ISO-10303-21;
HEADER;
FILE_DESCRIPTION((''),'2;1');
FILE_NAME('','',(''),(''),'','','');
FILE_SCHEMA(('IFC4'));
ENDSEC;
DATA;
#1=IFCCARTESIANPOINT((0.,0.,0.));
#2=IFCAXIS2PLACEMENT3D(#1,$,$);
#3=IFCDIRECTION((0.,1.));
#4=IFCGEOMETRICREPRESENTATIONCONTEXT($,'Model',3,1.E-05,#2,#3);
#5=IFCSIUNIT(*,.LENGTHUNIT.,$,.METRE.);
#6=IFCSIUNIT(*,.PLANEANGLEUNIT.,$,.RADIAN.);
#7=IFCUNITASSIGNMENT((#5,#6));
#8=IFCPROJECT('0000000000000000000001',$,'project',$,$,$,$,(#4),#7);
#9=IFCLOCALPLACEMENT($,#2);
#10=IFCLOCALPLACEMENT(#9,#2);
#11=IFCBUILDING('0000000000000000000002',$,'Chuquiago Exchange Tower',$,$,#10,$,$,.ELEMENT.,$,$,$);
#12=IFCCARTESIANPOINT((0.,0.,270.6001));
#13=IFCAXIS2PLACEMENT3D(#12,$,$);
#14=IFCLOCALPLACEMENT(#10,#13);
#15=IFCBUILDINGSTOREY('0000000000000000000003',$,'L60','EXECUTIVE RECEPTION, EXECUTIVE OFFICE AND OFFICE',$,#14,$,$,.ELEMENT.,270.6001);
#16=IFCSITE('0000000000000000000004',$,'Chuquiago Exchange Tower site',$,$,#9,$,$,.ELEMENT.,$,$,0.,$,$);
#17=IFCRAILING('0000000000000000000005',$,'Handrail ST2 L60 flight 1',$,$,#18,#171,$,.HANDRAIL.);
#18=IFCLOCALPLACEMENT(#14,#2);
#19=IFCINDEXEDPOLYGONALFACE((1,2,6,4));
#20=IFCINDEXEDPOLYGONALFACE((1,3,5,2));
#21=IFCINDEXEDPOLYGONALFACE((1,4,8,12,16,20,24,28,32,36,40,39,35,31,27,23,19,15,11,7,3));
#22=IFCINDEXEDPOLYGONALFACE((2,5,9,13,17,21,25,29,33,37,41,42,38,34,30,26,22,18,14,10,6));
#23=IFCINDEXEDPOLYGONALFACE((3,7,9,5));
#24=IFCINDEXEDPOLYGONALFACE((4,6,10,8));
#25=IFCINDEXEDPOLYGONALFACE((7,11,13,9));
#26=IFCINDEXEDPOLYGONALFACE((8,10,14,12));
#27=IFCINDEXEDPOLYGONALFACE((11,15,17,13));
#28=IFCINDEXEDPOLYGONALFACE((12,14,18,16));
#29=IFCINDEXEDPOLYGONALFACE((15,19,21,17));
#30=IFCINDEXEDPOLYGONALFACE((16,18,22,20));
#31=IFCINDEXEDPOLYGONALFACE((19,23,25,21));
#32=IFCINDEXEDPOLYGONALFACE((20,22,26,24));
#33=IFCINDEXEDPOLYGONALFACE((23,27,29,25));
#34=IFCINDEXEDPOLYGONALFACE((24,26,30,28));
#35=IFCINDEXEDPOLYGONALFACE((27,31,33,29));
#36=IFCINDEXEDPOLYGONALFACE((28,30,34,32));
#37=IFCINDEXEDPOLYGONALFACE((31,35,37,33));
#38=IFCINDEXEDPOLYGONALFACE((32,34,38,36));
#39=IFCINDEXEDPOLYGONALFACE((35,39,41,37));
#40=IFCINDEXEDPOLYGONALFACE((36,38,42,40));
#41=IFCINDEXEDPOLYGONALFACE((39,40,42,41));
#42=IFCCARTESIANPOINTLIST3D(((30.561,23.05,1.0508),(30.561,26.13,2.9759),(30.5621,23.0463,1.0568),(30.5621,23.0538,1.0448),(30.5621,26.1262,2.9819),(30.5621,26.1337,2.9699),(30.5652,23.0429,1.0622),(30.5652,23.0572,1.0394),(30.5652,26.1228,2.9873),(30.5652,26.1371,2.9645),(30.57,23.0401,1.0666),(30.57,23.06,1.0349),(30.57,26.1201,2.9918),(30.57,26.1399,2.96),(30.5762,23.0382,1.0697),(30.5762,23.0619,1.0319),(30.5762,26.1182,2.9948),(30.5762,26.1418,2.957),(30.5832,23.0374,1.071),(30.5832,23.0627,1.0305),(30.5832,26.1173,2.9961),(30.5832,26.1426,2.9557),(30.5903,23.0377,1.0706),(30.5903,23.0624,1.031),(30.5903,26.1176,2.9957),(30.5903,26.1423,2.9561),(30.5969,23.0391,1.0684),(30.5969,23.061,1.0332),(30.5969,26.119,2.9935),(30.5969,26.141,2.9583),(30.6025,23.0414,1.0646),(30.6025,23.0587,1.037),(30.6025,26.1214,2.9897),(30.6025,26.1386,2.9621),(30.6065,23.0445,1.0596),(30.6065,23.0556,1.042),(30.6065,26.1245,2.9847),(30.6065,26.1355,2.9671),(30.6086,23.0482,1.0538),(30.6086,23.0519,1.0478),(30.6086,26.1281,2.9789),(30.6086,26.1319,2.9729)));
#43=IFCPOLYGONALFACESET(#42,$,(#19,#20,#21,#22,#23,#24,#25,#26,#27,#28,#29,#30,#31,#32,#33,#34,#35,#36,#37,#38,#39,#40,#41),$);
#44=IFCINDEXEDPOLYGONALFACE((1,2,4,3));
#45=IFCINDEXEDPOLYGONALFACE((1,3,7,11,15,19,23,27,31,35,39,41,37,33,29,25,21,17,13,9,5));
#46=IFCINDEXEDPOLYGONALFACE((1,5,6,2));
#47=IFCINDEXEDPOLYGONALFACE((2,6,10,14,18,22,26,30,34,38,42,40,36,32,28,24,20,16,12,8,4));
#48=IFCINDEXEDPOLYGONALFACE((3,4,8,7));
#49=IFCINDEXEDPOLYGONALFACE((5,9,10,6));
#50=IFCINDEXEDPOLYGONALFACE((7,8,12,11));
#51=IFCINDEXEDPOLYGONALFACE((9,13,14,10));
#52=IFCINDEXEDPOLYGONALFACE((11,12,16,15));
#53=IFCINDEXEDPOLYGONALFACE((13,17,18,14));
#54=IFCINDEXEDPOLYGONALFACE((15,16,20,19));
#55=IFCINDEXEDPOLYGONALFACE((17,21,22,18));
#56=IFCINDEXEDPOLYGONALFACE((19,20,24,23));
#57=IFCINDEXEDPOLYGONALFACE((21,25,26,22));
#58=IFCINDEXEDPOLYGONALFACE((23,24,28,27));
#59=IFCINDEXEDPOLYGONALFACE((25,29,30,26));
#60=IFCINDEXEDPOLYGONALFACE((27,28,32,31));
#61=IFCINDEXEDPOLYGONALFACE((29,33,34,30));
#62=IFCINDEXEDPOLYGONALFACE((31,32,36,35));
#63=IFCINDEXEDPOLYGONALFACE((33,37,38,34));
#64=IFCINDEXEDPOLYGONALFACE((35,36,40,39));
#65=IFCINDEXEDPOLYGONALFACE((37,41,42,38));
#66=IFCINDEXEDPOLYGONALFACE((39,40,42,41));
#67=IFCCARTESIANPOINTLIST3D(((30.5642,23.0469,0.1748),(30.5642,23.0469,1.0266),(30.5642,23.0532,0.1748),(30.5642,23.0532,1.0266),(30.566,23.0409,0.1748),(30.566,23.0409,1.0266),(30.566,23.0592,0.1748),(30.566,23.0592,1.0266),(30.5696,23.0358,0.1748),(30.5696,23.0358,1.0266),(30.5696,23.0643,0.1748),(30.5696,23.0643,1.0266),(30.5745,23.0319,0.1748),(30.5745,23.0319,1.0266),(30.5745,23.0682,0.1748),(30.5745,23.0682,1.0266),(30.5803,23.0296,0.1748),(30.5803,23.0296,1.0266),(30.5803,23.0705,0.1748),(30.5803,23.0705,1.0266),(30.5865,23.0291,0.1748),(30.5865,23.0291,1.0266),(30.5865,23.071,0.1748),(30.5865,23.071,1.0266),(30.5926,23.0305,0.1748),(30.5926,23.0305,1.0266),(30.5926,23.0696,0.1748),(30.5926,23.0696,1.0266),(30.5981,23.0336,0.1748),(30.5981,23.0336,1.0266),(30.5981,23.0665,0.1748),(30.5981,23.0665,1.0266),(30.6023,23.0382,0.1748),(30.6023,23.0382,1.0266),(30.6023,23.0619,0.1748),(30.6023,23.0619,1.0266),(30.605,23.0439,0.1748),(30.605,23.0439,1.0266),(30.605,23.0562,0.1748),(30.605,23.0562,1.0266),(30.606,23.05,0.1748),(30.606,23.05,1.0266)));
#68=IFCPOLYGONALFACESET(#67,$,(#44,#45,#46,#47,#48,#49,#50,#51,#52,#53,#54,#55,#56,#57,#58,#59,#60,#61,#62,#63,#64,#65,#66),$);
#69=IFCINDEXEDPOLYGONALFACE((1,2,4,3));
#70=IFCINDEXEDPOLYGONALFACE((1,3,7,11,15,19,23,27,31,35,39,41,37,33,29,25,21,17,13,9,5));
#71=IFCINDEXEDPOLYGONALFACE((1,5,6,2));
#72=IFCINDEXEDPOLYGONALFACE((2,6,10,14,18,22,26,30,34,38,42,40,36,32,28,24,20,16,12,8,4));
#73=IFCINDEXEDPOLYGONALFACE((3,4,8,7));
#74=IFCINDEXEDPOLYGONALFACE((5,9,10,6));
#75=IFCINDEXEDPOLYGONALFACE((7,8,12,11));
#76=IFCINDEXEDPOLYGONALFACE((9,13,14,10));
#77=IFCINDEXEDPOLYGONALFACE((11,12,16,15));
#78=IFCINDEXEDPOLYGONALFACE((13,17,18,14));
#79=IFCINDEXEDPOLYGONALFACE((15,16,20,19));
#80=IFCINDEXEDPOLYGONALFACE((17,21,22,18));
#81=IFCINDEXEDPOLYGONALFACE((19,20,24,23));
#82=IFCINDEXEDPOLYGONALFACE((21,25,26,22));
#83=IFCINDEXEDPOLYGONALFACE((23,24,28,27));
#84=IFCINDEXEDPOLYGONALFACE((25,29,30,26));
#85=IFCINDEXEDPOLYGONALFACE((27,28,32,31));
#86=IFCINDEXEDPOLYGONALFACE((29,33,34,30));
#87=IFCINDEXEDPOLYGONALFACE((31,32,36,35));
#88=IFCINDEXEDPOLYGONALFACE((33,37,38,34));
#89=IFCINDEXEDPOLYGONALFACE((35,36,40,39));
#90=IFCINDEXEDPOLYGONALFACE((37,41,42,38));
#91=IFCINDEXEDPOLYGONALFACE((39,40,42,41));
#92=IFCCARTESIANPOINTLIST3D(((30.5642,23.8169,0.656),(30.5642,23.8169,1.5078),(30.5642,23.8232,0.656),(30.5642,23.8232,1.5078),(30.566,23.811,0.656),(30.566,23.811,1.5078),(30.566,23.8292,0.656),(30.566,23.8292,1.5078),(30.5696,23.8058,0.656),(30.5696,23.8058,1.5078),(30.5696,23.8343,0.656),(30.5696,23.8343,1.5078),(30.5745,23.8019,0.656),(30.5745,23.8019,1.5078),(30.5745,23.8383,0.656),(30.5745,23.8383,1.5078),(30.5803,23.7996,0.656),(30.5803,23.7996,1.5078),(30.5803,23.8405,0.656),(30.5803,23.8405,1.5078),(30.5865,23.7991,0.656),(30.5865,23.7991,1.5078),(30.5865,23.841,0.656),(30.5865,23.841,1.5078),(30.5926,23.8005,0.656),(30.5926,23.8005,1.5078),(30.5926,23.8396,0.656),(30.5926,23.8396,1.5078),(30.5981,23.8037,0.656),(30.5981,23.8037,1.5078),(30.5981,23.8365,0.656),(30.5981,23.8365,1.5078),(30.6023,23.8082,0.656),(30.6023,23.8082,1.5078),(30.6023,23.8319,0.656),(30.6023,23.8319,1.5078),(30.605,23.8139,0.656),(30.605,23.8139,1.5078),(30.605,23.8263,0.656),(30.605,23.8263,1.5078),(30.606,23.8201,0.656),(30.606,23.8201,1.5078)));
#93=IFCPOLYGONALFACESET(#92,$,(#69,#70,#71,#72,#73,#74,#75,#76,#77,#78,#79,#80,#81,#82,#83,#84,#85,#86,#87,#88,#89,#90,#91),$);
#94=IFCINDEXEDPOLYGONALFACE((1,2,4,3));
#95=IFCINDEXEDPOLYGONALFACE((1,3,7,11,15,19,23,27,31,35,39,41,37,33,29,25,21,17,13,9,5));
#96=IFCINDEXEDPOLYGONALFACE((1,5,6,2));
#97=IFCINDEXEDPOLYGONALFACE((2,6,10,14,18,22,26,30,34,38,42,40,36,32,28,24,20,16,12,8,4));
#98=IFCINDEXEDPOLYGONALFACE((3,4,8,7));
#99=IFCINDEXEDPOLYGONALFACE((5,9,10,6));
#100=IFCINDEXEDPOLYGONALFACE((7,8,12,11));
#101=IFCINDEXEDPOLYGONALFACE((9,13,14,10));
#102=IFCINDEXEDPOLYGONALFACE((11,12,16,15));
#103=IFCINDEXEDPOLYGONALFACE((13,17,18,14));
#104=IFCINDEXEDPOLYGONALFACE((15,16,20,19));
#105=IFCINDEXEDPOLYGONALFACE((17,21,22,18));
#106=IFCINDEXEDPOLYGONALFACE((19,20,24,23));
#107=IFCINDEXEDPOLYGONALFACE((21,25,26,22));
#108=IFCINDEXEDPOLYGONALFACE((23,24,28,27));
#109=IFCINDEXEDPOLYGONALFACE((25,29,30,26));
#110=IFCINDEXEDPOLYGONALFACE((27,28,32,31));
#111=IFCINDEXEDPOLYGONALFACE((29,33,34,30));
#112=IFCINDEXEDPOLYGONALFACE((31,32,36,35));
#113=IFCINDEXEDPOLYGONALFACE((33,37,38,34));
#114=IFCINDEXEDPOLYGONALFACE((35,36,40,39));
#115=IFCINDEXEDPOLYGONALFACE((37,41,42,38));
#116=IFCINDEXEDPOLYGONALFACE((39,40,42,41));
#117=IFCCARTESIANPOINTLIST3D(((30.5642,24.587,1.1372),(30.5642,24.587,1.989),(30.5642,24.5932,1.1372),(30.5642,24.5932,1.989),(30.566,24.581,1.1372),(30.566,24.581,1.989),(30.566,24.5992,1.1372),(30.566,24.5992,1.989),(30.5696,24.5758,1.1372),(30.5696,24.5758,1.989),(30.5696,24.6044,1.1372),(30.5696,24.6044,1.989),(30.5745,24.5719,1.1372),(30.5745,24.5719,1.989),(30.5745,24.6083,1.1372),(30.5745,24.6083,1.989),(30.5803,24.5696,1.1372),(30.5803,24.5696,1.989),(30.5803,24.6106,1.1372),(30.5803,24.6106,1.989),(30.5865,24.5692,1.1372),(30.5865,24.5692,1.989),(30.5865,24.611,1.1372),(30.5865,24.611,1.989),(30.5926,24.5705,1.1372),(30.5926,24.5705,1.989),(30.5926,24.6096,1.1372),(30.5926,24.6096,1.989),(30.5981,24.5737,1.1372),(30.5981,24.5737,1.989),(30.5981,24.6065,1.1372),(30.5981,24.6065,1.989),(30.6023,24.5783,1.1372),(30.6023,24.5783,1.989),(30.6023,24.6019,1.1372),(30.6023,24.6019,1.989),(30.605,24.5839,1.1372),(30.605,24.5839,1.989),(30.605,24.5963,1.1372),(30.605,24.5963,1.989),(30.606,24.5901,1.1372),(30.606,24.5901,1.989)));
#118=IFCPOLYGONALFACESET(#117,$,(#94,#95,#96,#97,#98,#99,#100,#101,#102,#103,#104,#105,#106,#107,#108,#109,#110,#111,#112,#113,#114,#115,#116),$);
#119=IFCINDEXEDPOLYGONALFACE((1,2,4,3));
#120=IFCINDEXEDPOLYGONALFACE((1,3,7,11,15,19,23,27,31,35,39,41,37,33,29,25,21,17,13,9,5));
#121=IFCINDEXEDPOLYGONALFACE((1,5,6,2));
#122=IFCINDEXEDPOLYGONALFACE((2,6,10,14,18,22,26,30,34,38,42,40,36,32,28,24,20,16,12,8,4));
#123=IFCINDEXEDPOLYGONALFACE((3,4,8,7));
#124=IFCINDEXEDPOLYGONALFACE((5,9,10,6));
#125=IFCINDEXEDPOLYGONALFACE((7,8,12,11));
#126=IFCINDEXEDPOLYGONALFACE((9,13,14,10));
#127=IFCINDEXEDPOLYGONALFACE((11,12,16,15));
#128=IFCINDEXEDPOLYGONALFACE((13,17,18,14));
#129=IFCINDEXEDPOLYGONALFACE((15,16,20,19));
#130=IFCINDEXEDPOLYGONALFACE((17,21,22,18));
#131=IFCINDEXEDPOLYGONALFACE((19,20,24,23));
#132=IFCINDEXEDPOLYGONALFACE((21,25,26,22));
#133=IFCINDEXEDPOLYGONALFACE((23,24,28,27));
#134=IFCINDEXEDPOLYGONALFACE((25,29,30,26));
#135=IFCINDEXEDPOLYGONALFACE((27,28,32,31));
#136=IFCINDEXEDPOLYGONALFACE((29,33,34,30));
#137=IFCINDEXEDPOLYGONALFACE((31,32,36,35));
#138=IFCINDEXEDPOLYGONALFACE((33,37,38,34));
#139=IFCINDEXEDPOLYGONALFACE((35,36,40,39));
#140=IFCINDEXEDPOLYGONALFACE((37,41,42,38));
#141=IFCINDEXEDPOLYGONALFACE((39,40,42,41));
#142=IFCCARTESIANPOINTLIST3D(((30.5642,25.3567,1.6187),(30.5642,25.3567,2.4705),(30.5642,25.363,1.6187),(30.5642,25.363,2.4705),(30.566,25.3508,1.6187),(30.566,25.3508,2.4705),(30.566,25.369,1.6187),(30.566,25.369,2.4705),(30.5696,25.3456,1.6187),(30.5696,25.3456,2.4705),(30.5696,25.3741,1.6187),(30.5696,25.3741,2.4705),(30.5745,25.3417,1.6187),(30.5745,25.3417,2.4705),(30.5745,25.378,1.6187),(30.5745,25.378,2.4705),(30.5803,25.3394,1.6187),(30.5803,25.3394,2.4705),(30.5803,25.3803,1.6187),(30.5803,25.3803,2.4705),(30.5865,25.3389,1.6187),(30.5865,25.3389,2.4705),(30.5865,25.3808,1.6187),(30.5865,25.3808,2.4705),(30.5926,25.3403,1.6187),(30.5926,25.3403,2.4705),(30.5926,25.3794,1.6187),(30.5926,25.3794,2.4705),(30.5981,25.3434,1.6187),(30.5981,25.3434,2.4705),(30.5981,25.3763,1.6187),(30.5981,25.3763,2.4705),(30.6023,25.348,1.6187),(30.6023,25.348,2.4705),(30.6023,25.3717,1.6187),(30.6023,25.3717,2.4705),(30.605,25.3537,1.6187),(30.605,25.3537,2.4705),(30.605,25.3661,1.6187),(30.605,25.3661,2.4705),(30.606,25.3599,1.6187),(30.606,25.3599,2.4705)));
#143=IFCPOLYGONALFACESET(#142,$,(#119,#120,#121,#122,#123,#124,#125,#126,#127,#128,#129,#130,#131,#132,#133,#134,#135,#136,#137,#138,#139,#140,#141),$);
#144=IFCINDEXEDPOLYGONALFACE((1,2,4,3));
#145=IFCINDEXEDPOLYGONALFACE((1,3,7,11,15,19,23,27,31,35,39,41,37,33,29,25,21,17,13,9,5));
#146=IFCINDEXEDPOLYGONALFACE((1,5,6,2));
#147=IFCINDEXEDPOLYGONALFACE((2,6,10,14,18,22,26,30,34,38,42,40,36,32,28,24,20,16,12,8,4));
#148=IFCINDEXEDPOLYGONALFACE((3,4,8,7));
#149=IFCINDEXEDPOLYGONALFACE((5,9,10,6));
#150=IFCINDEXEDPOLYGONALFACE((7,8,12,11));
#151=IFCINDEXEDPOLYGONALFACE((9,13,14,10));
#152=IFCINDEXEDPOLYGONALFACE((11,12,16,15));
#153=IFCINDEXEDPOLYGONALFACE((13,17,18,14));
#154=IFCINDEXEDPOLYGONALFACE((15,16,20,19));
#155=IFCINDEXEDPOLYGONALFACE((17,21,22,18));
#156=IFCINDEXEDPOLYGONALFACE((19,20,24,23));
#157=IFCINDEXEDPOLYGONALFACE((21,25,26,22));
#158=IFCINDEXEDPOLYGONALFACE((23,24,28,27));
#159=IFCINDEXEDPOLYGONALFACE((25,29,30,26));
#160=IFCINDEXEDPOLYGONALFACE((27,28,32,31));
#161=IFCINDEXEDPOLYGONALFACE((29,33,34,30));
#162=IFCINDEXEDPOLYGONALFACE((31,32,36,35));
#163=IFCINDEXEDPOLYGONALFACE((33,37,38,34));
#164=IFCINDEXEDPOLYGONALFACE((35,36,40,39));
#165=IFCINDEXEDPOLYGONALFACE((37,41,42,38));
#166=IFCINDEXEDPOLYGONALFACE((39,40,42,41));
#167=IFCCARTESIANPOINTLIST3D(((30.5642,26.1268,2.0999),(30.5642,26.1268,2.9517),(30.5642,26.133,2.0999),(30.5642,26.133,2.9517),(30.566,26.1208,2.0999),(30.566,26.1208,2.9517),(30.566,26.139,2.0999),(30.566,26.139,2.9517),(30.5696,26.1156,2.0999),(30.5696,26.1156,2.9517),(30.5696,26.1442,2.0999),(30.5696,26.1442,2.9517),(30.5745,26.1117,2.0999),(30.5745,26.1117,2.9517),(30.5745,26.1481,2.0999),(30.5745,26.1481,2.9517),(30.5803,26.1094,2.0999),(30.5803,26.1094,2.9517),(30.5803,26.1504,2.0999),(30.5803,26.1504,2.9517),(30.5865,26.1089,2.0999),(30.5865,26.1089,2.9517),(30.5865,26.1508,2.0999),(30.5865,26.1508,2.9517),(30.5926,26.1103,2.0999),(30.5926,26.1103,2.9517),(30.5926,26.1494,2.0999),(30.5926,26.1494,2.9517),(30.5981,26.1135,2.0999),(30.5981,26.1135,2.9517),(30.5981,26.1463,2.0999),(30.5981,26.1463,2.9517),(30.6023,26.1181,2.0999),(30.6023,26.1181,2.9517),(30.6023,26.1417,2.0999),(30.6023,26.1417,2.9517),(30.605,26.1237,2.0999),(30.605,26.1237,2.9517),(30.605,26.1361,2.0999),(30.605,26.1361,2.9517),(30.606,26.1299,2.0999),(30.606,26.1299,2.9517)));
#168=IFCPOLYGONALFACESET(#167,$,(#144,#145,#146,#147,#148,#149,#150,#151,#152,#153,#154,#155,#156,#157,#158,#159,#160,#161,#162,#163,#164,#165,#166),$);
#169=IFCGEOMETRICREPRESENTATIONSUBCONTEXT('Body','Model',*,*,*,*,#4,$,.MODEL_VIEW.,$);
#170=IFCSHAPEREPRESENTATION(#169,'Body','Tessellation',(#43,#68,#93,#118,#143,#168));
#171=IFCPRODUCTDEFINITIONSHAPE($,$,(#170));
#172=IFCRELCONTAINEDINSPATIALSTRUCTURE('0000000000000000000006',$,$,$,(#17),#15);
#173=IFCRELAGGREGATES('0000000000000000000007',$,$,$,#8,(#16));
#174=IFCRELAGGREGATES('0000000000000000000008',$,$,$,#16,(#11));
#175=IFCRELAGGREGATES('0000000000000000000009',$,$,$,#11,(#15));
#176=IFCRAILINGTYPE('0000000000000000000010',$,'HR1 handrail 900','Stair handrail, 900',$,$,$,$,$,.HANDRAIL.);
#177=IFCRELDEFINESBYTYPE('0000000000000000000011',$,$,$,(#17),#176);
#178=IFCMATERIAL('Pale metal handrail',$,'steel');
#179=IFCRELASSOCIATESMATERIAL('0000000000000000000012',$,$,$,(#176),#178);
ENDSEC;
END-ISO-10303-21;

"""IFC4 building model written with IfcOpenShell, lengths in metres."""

from ifc_helpers import new_model, si_unit, direction, frame, origin, origin_2d, place, context, subcontext, project, spatial, circle, extrude, material, type_object, element, save


model = new_model("IFC4")

# Units and contexts
model_context = context("Model", 3, precision=1e-05, world=origin(), true_north=direction((0.0, 1.0)))
body_context = subcontext(model_context, "Body", "Model", "MODEL_VIEW")
ifc_project = project(units=[si_unit("LENGTHUNIT", "METRE"), si_unit("PLANEANGLEUNIT", "RADIAN")], contexts=[model_context])

# Site, building, storey
site_placement = place(None, origin())
site = spatial("IfcSite", under=ifc_project, at=site_placement, Name="Chuquiago Exchange Tower site", CompositionType="ELEMENT", RefElevation=0.0)
building_placement = place(site_placement, origin())
building = spatial("IfcBuilding", under=site, at=building_placement, Name="Chuquiago Exchange Tower", CompositionType="ELEMENT")
storey_placement = place(building_placement, frame((0.0, 0.0, 270.6001)))
storey = spatial("IfcBuildingStorey", under=building, at=storey_placement, Name="L60", Description="EXECUTIVE RECEPTION, EXECUTIVE OFFICE AND OFFICE", CompositionType="ELEMENT", Elevation=270.6001)

# Railing
ifc_material_1 = material(Name="Pale metal handrail", Category="steel")
railing_type_1 = type_object("IfcRailingType", Name="HR1 handrail 900", Description="Stair handrail, 900", PredefinedType="HANDRAIL", material=ifc_material_1)
railing_1_placement = place(storey_placement, frame((30.585, 23.05, 0.1748)))
element("IfcRailing", 1, at=railing_1_placement, inside=storey, type_object=railing_type_1, Name="Handrail ST2 L60 flight 1", PredefinedType="HANDRAIL", context=body_context, shape_type="SweptSolid", body=[
    extrude(circle(Radius=0.0239, at=origin_2d()), frame((0.0, 0.0, 0.876), z_axis=(0.0, 0.847979, 0.530029), x_axis=(-1.0, 0.0, 0.0)), (0.0, 0.0, 1.0), 3.6321),
    extrude(circle(Radius=0.021, at=origin_2d()), origin(), (0.0, 0.0, 1.0), 0.8518),
    extrude(circle(Radius=0.021, at=origin_2d()), frame((0.0, 0.77, 0.4812)), (0.0, 0.0, 1.0), 0.8518),
    extrude(circle(Radius=0.021, at=origin_2d()), frame((0.0, 1.54, 0.9624)), (0.0, 0.0, 1.0), 0.8518),
    extrude(circle(Radius=0.021, at=origin_2d()), frame((0.0, 2.3098, 1.4438)), (0.0, 0.0, 1.0), 0.8518),
    extrude(circle(Radius=0.021, at=origin_2d()), frame((0.0, 3.0798, 1.925)), (0.0, 0.0, 1.0), 0.8518),
])

save(model, "model.ifc")
